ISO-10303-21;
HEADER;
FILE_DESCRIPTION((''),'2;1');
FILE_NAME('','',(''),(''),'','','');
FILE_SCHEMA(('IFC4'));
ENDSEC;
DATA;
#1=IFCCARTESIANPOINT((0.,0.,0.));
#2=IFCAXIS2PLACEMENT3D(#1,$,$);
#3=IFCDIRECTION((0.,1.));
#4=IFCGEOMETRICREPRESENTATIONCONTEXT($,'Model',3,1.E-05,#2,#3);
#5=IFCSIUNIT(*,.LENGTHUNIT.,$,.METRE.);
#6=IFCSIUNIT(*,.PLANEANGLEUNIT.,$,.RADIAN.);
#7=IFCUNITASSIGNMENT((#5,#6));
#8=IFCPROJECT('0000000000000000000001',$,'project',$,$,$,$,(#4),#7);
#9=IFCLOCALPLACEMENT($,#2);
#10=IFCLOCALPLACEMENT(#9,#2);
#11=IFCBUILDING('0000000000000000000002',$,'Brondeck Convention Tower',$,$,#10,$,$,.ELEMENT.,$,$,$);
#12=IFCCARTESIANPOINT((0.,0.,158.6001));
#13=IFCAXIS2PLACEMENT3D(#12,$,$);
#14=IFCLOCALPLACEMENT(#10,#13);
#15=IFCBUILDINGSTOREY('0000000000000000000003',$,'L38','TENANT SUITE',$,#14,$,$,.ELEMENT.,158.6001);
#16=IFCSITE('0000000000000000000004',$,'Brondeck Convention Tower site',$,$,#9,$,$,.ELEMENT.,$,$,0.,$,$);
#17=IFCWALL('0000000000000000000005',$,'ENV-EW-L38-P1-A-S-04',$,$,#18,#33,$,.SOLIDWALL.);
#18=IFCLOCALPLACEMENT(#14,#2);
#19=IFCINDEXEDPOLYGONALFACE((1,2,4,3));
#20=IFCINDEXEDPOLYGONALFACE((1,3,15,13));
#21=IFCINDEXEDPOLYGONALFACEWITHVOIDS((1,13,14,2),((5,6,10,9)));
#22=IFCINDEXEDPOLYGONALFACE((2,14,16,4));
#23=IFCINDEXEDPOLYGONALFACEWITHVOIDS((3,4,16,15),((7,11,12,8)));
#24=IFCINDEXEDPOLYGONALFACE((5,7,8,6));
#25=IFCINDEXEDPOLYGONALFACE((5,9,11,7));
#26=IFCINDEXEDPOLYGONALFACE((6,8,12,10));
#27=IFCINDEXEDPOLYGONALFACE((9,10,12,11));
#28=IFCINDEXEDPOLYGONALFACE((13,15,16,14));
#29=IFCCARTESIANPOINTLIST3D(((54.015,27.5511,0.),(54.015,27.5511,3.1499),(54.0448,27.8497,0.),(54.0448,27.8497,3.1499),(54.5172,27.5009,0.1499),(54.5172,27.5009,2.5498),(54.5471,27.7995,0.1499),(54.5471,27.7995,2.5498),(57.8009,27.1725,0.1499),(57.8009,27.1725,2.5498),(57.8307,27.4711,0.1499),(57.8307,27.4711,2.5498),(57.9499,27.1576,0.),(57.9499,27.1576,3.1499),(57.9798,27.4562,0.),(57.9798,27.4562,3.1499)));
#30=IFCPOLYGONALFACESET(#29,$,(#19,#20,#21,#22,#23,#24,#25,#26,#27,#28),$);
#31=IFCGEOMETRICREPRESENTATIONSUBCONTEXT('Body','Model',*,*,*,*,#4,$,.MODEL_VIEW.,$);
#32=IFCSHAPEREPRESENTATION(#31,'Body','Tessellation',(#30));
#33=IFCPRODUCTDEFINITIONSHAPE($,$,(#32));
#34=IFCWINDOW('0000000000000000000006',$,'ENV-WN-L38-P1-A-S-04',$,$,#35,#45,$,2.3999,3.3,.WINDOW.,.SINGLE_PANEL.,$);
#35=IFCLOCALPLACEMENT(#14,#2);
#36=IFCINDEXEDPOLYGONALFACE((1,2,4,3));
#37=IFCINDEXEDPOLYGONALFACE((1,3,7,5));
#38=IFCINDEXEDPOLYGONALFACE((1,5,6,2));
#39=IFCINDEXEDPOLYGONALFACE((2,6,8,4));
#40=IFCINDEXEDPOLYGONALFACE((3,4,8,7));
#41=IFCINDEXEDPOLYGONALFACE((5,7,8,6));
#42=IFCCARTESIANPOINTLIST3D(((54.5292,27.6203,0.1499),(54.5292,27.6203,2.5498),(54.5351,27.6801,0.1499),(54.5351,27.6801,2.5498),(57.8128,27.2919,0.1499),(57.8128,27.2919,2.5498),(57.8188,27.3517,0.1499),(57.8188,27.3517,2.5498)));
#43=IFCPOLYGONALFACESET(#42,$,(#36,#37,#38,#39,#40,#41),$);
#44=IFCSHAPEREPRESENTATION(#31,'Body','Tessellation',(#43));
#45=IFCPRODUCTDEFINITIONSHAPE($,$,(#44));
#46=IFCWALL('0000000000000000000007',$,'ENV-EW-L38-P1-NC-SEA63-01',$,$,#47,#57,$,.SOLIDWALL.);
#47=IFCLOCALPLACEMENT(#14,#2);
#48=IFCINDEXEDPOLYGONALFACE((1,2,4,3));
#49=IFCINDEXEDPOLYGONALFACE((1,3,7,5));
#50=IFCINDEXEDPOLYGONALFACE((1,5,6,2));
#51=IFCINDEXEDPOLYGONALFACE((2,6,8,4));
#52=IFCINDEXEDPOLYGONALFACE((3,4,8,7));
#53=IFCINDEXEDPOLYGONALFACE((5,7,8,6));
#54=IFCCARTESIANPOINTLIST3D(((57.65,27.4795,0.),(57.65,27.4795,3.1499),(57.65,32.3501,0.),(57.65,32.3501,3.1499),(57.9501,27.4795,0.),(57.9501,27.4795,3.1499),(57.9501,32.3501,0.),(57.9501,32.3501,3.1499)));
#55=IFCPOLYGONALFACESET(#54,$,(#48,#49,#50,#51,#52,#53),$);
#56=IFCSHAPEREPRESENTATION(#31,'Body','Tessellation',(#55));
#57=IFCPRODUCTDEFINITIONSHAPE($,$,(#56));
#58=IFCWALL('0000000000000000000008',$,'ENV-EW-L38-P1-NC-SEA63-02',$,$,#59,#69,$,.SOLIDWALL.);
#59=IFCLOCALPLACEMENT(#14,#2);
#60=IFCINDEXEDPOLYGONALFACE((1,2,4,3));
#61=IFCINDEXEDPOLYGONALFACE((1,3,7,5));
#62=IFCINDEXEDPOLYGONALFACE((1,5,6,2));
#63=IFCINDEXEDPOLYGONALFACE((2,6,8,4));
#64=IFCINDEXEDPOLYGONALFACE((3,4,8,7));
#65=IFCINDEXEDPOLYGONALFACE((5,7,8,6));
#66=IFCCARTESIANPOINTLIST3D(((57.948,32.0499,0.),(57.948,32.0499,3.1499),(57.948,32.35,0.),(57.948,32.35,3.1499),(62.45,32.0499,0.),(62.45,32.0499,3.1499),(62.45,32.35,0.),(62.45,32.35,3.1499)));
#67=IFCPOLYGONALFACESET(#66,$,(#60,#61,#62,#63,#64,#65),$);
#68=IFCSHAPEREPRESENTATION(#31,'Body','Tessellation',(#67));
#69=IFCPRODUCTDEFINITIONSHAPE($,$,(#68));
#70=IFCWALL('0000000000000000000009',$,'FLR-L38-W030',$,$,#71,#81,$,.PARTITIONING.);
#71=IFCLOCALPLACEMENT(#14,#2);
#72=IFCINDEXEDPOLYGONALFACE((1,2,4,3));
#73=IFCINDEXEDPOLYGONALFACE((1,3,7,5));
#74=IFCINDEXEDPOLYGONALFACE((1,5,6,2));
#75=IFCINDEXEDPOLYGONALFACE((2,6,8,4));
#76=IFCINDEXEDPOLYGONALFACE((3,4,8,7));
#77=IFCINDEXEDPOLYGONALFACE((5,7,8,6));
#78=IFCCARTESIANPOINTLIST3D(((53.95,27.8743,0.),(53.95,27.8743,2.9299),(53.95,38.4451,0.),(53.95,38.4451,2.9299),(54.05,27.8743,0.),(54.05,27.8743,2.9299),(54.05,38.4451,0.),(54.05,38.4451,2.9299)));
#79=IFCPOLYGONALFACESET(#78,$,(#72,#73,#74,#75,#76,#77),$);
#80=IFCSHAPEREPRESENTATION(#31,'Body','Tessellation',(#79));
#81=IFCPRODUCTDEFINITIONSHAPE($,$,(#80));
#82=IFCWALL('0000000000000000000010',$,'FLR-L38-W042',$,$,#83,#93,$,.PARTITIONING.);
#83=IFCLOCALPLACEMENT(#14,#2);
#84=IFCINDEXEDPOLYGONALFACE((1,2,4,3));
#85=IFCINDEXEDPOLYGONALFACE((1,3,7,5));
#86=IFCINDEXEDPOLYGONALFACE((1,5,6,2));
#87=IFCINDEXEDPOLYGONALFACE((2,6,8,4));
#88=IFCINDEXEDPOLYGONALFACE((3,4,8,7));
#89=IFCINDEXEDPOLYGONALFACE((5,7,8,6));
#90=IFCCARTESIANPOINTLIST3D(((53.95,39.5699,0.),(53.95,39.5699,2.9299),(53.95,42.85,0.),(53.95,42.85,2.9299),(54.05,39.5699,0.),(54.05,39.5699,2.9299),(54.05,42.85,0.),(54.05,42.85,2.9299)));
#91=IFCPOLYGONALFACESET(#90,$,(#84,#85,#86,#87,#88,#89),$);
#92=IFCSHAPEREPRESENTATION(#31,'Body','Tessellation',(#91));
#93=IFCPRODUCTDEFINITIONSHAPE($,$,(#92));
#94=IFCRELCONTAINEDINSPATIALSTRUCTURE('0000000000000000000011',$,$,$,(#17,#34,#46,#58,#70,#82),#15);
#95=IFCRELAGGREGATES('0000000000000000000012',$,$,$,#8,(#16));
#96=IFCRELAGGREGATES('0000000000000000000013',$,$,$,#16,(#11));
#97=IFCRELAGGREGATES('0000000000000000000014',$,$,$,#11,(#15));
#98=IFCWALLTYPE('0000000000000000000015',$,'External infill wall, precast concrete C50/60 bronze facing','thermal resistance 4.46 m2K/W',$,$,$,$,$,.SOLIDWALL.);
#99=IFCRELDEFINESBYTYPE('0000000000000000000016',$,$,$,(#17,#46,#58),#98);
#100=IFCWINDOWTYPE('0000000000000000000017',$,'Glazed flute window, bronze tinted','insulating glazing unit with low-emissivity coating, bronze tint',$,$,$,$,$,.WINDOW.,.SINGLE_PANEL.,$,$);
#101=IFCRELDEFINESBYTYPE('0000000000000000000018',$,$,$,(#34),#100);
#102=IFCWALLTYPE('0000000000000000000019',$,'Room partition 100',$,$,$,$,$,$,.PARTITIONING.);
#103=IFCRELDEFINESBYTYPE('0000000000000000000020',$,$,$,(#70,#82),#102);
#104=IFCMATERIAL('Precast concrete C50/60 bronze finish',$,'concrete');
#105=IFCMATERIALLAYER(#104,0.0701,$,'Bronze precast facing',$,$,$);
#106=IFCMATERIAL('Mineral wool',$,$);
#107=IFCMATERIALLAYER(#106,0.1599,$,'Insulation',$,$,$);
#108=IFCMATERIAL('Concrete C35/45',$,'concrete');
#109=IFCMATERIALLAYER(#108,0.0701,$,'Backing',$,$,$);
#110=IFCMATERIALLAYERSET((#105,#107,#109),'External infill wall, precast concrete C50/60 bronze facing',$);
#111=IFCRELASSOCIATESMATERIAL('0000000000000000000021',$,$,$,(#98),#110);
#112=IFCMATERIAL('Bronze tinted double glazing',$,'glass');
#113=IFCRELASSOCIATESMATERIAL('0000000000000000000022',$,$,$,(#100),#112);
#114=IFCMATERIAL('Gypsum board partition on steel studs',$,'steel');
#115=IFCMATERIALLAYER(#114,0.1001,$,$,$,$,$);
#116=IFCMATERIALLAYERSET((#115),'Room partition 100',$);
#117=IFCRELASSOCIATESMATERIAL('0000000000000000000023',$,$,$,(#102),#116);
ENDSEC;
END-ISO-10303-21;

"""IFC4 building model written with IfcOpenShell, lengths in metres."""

from ifc_helpers import new_model, si_unit, direction, frame, frame_2d, origin, place, context, subcontext, project, spatial, rectangle, extrude, material, layer, layer_set, type_object, element, fill, save


model = new_model("IFC4")

# Units and contexts
model_context = context("Model", 3, precision=1e-05, world=origin(), true_north=direction((0.0, 1.0)))
body_context = subcontext(model_context, "Body", "Model", "MODEL_VIEW")
ifc_project = project(units=[si_unit("LENGTHUNIT", "METRE"), si_unit("PLANEANGLEUNIT", "RADIAN")], contexts=[model_context])

# Site, building, storey
site_placement = place(None, origin())
site = spatial("IfcSite", under=ifc_project, at=site_placement, Name="Brondeck Convention Tower site", CompositionType="ELEMENT", RefElevation=0.0)
building_placement = place(site_placement, origin())
building = spatial("IfcBuilding", under=site, at=building_placement, Name="Brondeck Convention Tower", CompositionType="ELEMENT")
storey_placement = place(building_placement, frame((0.0, 0.0, 158.6001)))
storey = spatial("IfcBuildingStorey", under=building, at=storey_placement, Name="L38", Description="TENANT SUITE", CompositionType="ELEMENT", Elevation=158.6001)

# Shared definitions
ifc_material_1 = material(Name="Precast concrete C50/60 bronze finish", Category="concrete")
ifc_layer_1 = layer(ifc_material_1, 0.0701, Name="Bronze precast facing")
ifc_material_2 = material(Name="Mineral wool")
ifc_layer_2 = layer(ifc_material_2, 0.1599, Name="Insulation")
ifc_material_3 = material(Name="Concrete C35/45", Category="concrete")
ifc_layer_3 = layer(ifc_material_3, 0.0701, Name="Backing")
ifc_layer_set_1 = layer_set([ifc_layer_1, ifc_layer_2, ifc_layer_3], Name="External infill wall, precast concrete C50/60 bronze facing")
wall_type_1 = type_object("IfcWallType", Name="External infill wall, precast concrete C50/60 bronze facing", Description="thermal resistance 4.46 m2K/W", PredefinedType="SOLIDWALL", material=ifc_layer_set_1)
ifc_material_4 = material(Name="Bronze tinted double glazing", Category="glass")
window_type_1 = type_object("IfcWindowType", Name="Glazed flute window, bronze tinted", Description="insulating glazing unit with low-emissivity coating, bronze tint", PartitioningType="SINGLE_PANEL", PredefinedType="WINDOW", material=ifc_material_4)

# Wall, opening, window
wall_1_placement = place(storey_placement, frame((57.9648, 27.3069, 0.0), z_axis=(0.0, 0.0, 1.0), x_axis=(-0.995036, 0.099516, 0.0)))
wall_1 = element("IfcWall", 1, at=wall_1_placement, inside=storey, type_object=wall_type_1, Name="ENV-EW-L38-P1-A-S-04", PredefinedType="SOLIDWALL", context=body_context, shape_type="SweptSolid", body=[
    extrude(rectangle(XDim=3.9546, YDim=0.3, at=frame_2d((1.9773, 0.0))), origin(), (0.0, 0.0, 1.0), 3.1499),
])
opening_1_placement = place(wall_1_placement, frame((0.1499, 0.0, 0.1499)))
opening_1 = element("IfcOpeningElement", 2, at=opening_1_placement, cuts=wall_1, PredefinedType="OPENING", context=body_context, shape_type="SweptSolid", body=[
    extrude(rectangle(XDim=3.3, YDim=2.3999, at=frame_2d((1.6499, 1.2))), frame((0.0, 0.1599, 0.0), z_axis=(0.0, -1.0, 0.0), x_axis=(1.0, 0.0, 0.0)), (0.0, 0.0, 1.0), 0.3201),
])
window_1_placement = place(opening_1_placement, origin())
window_1 = element("IfcWindow", 3, at=window_1_placement, inside=storey, type_object=window_type_1, Name="ENV-WN-L38-P1-A-S-04", OverallHeight=2.3999, OverallWidth=3.3, PartitioningType="SINGLE_PANEL", PredefinedType="WINDOW", context=body_context, shape_type="SweptSolid", body=[
    extrude(rectangle(XDim=3.3, YDim=2.3999, at=frame_2d((1.6499, 1.2))), frame((0.0, 0.03, 0.0), z_axis=(0.0, -1.0, 0.0), x_axis=(1.0, 0.0, 0.0)), (0.0, 0.0, 1.0), 0.0601),
])
fill(opening_1, window_1)

# Walls
wall_2_placement = place(storey_placement, frame((57.8, 32.3501, 0.0), z_axis=(0.0, 0.0, 1.0), x_axis=(0.0, -1.0, 0.0)))
element("IfcWall", 4, at=wall_2_placement, inside=storey, type_object=wall_type_1, Name="ENV-EW-L38-P1-NC-SEA63-01", PredefinedType="SOLIDWALL", context=body_context, shape_type="SweptSolid", body=[
    extrude(rectangle(XDim=4.8706, YDim=0.3, at=frame_2d((2.4353, 0.0))), origin(), (0.0, 0.0, 1.0), 3.1499),
])
wall_3_placement = place(storey_placement, frame((62.45, 32.2, 0.0), z_axis=(0.0, 0.0, 1.0), x_axis=(-1.0, 0.0, 0.0)))
element("IfcWall", 5, at=wall_3_placement, inside=storey, type_object=wall_type_1, Name="ENV-EW-L38-P1-NC-SEA63-02", PredefinedType="SOLIDWALL", context=body_context, shape_type="SweptSolid", body=[
    extrude(rectangle(XDim=4.502, YDim=0.3, at=frame_2d((2.251, 0.0))), origin(), (0.0, 0.0, 1.0), 3.1499),
])
ifc_material_5 = material(Name="Gypsum board partition on steel studs", Category="steel")
ifc_layer_4 = layer(ifc_material_5, 0.1001)
ifc_layer_set_2 = layer_set([ifc_layer_4], Name="Room partition 100")
wall_type_2 = type_object("IfcWallType", Name="Room partition 100", PredefinedType="PARTITIONING", material=ifc_layer_set_2)
wall_4_placement = place(storey_placement, frame((54.0, 27.8743, 0.0), z_axis=(0.0, 0.0, 1.0), x_axis=(0.0, 1.0, 0.0)))
element("IfcWall", 6, at=wall_4_placement, inside=storey, type_object=wall_type_2, Name="FLR-L38-W030", PredefinedType="PARTITIONING", context=body_context, shape_type="SweptSolid", body=[
    extrude(rectangle(XDim=10.5708, YDim=0.1001, at=frame_2d((5.2854, 0.0))), origin(), (0.0, 0.0, 1.0), 2.9299),
])
wall_5_placement = place(storey_placement, frame((54.0, 42.8501, 0.0), z_axis=(0.0, 0.0, 1.0), x_axis=(0.0, -1.0, 0.0)))
element("IfcWall", 7, at=wall_5_placement, inside=storey, type_object=wall_type_2, Name="FLR-L38-W042", PredefinedType="PARTITIONING", context=body_context, shape_type="SweptSolid", body=[
    extrude(rectangle(XDim=3.28, YDim=0.1001, at=frame_2d((1.6401, 0.0))), origin(), (0.0, 0.0, 1.0), 2.9299),
])

save(model, "model.ifc")
